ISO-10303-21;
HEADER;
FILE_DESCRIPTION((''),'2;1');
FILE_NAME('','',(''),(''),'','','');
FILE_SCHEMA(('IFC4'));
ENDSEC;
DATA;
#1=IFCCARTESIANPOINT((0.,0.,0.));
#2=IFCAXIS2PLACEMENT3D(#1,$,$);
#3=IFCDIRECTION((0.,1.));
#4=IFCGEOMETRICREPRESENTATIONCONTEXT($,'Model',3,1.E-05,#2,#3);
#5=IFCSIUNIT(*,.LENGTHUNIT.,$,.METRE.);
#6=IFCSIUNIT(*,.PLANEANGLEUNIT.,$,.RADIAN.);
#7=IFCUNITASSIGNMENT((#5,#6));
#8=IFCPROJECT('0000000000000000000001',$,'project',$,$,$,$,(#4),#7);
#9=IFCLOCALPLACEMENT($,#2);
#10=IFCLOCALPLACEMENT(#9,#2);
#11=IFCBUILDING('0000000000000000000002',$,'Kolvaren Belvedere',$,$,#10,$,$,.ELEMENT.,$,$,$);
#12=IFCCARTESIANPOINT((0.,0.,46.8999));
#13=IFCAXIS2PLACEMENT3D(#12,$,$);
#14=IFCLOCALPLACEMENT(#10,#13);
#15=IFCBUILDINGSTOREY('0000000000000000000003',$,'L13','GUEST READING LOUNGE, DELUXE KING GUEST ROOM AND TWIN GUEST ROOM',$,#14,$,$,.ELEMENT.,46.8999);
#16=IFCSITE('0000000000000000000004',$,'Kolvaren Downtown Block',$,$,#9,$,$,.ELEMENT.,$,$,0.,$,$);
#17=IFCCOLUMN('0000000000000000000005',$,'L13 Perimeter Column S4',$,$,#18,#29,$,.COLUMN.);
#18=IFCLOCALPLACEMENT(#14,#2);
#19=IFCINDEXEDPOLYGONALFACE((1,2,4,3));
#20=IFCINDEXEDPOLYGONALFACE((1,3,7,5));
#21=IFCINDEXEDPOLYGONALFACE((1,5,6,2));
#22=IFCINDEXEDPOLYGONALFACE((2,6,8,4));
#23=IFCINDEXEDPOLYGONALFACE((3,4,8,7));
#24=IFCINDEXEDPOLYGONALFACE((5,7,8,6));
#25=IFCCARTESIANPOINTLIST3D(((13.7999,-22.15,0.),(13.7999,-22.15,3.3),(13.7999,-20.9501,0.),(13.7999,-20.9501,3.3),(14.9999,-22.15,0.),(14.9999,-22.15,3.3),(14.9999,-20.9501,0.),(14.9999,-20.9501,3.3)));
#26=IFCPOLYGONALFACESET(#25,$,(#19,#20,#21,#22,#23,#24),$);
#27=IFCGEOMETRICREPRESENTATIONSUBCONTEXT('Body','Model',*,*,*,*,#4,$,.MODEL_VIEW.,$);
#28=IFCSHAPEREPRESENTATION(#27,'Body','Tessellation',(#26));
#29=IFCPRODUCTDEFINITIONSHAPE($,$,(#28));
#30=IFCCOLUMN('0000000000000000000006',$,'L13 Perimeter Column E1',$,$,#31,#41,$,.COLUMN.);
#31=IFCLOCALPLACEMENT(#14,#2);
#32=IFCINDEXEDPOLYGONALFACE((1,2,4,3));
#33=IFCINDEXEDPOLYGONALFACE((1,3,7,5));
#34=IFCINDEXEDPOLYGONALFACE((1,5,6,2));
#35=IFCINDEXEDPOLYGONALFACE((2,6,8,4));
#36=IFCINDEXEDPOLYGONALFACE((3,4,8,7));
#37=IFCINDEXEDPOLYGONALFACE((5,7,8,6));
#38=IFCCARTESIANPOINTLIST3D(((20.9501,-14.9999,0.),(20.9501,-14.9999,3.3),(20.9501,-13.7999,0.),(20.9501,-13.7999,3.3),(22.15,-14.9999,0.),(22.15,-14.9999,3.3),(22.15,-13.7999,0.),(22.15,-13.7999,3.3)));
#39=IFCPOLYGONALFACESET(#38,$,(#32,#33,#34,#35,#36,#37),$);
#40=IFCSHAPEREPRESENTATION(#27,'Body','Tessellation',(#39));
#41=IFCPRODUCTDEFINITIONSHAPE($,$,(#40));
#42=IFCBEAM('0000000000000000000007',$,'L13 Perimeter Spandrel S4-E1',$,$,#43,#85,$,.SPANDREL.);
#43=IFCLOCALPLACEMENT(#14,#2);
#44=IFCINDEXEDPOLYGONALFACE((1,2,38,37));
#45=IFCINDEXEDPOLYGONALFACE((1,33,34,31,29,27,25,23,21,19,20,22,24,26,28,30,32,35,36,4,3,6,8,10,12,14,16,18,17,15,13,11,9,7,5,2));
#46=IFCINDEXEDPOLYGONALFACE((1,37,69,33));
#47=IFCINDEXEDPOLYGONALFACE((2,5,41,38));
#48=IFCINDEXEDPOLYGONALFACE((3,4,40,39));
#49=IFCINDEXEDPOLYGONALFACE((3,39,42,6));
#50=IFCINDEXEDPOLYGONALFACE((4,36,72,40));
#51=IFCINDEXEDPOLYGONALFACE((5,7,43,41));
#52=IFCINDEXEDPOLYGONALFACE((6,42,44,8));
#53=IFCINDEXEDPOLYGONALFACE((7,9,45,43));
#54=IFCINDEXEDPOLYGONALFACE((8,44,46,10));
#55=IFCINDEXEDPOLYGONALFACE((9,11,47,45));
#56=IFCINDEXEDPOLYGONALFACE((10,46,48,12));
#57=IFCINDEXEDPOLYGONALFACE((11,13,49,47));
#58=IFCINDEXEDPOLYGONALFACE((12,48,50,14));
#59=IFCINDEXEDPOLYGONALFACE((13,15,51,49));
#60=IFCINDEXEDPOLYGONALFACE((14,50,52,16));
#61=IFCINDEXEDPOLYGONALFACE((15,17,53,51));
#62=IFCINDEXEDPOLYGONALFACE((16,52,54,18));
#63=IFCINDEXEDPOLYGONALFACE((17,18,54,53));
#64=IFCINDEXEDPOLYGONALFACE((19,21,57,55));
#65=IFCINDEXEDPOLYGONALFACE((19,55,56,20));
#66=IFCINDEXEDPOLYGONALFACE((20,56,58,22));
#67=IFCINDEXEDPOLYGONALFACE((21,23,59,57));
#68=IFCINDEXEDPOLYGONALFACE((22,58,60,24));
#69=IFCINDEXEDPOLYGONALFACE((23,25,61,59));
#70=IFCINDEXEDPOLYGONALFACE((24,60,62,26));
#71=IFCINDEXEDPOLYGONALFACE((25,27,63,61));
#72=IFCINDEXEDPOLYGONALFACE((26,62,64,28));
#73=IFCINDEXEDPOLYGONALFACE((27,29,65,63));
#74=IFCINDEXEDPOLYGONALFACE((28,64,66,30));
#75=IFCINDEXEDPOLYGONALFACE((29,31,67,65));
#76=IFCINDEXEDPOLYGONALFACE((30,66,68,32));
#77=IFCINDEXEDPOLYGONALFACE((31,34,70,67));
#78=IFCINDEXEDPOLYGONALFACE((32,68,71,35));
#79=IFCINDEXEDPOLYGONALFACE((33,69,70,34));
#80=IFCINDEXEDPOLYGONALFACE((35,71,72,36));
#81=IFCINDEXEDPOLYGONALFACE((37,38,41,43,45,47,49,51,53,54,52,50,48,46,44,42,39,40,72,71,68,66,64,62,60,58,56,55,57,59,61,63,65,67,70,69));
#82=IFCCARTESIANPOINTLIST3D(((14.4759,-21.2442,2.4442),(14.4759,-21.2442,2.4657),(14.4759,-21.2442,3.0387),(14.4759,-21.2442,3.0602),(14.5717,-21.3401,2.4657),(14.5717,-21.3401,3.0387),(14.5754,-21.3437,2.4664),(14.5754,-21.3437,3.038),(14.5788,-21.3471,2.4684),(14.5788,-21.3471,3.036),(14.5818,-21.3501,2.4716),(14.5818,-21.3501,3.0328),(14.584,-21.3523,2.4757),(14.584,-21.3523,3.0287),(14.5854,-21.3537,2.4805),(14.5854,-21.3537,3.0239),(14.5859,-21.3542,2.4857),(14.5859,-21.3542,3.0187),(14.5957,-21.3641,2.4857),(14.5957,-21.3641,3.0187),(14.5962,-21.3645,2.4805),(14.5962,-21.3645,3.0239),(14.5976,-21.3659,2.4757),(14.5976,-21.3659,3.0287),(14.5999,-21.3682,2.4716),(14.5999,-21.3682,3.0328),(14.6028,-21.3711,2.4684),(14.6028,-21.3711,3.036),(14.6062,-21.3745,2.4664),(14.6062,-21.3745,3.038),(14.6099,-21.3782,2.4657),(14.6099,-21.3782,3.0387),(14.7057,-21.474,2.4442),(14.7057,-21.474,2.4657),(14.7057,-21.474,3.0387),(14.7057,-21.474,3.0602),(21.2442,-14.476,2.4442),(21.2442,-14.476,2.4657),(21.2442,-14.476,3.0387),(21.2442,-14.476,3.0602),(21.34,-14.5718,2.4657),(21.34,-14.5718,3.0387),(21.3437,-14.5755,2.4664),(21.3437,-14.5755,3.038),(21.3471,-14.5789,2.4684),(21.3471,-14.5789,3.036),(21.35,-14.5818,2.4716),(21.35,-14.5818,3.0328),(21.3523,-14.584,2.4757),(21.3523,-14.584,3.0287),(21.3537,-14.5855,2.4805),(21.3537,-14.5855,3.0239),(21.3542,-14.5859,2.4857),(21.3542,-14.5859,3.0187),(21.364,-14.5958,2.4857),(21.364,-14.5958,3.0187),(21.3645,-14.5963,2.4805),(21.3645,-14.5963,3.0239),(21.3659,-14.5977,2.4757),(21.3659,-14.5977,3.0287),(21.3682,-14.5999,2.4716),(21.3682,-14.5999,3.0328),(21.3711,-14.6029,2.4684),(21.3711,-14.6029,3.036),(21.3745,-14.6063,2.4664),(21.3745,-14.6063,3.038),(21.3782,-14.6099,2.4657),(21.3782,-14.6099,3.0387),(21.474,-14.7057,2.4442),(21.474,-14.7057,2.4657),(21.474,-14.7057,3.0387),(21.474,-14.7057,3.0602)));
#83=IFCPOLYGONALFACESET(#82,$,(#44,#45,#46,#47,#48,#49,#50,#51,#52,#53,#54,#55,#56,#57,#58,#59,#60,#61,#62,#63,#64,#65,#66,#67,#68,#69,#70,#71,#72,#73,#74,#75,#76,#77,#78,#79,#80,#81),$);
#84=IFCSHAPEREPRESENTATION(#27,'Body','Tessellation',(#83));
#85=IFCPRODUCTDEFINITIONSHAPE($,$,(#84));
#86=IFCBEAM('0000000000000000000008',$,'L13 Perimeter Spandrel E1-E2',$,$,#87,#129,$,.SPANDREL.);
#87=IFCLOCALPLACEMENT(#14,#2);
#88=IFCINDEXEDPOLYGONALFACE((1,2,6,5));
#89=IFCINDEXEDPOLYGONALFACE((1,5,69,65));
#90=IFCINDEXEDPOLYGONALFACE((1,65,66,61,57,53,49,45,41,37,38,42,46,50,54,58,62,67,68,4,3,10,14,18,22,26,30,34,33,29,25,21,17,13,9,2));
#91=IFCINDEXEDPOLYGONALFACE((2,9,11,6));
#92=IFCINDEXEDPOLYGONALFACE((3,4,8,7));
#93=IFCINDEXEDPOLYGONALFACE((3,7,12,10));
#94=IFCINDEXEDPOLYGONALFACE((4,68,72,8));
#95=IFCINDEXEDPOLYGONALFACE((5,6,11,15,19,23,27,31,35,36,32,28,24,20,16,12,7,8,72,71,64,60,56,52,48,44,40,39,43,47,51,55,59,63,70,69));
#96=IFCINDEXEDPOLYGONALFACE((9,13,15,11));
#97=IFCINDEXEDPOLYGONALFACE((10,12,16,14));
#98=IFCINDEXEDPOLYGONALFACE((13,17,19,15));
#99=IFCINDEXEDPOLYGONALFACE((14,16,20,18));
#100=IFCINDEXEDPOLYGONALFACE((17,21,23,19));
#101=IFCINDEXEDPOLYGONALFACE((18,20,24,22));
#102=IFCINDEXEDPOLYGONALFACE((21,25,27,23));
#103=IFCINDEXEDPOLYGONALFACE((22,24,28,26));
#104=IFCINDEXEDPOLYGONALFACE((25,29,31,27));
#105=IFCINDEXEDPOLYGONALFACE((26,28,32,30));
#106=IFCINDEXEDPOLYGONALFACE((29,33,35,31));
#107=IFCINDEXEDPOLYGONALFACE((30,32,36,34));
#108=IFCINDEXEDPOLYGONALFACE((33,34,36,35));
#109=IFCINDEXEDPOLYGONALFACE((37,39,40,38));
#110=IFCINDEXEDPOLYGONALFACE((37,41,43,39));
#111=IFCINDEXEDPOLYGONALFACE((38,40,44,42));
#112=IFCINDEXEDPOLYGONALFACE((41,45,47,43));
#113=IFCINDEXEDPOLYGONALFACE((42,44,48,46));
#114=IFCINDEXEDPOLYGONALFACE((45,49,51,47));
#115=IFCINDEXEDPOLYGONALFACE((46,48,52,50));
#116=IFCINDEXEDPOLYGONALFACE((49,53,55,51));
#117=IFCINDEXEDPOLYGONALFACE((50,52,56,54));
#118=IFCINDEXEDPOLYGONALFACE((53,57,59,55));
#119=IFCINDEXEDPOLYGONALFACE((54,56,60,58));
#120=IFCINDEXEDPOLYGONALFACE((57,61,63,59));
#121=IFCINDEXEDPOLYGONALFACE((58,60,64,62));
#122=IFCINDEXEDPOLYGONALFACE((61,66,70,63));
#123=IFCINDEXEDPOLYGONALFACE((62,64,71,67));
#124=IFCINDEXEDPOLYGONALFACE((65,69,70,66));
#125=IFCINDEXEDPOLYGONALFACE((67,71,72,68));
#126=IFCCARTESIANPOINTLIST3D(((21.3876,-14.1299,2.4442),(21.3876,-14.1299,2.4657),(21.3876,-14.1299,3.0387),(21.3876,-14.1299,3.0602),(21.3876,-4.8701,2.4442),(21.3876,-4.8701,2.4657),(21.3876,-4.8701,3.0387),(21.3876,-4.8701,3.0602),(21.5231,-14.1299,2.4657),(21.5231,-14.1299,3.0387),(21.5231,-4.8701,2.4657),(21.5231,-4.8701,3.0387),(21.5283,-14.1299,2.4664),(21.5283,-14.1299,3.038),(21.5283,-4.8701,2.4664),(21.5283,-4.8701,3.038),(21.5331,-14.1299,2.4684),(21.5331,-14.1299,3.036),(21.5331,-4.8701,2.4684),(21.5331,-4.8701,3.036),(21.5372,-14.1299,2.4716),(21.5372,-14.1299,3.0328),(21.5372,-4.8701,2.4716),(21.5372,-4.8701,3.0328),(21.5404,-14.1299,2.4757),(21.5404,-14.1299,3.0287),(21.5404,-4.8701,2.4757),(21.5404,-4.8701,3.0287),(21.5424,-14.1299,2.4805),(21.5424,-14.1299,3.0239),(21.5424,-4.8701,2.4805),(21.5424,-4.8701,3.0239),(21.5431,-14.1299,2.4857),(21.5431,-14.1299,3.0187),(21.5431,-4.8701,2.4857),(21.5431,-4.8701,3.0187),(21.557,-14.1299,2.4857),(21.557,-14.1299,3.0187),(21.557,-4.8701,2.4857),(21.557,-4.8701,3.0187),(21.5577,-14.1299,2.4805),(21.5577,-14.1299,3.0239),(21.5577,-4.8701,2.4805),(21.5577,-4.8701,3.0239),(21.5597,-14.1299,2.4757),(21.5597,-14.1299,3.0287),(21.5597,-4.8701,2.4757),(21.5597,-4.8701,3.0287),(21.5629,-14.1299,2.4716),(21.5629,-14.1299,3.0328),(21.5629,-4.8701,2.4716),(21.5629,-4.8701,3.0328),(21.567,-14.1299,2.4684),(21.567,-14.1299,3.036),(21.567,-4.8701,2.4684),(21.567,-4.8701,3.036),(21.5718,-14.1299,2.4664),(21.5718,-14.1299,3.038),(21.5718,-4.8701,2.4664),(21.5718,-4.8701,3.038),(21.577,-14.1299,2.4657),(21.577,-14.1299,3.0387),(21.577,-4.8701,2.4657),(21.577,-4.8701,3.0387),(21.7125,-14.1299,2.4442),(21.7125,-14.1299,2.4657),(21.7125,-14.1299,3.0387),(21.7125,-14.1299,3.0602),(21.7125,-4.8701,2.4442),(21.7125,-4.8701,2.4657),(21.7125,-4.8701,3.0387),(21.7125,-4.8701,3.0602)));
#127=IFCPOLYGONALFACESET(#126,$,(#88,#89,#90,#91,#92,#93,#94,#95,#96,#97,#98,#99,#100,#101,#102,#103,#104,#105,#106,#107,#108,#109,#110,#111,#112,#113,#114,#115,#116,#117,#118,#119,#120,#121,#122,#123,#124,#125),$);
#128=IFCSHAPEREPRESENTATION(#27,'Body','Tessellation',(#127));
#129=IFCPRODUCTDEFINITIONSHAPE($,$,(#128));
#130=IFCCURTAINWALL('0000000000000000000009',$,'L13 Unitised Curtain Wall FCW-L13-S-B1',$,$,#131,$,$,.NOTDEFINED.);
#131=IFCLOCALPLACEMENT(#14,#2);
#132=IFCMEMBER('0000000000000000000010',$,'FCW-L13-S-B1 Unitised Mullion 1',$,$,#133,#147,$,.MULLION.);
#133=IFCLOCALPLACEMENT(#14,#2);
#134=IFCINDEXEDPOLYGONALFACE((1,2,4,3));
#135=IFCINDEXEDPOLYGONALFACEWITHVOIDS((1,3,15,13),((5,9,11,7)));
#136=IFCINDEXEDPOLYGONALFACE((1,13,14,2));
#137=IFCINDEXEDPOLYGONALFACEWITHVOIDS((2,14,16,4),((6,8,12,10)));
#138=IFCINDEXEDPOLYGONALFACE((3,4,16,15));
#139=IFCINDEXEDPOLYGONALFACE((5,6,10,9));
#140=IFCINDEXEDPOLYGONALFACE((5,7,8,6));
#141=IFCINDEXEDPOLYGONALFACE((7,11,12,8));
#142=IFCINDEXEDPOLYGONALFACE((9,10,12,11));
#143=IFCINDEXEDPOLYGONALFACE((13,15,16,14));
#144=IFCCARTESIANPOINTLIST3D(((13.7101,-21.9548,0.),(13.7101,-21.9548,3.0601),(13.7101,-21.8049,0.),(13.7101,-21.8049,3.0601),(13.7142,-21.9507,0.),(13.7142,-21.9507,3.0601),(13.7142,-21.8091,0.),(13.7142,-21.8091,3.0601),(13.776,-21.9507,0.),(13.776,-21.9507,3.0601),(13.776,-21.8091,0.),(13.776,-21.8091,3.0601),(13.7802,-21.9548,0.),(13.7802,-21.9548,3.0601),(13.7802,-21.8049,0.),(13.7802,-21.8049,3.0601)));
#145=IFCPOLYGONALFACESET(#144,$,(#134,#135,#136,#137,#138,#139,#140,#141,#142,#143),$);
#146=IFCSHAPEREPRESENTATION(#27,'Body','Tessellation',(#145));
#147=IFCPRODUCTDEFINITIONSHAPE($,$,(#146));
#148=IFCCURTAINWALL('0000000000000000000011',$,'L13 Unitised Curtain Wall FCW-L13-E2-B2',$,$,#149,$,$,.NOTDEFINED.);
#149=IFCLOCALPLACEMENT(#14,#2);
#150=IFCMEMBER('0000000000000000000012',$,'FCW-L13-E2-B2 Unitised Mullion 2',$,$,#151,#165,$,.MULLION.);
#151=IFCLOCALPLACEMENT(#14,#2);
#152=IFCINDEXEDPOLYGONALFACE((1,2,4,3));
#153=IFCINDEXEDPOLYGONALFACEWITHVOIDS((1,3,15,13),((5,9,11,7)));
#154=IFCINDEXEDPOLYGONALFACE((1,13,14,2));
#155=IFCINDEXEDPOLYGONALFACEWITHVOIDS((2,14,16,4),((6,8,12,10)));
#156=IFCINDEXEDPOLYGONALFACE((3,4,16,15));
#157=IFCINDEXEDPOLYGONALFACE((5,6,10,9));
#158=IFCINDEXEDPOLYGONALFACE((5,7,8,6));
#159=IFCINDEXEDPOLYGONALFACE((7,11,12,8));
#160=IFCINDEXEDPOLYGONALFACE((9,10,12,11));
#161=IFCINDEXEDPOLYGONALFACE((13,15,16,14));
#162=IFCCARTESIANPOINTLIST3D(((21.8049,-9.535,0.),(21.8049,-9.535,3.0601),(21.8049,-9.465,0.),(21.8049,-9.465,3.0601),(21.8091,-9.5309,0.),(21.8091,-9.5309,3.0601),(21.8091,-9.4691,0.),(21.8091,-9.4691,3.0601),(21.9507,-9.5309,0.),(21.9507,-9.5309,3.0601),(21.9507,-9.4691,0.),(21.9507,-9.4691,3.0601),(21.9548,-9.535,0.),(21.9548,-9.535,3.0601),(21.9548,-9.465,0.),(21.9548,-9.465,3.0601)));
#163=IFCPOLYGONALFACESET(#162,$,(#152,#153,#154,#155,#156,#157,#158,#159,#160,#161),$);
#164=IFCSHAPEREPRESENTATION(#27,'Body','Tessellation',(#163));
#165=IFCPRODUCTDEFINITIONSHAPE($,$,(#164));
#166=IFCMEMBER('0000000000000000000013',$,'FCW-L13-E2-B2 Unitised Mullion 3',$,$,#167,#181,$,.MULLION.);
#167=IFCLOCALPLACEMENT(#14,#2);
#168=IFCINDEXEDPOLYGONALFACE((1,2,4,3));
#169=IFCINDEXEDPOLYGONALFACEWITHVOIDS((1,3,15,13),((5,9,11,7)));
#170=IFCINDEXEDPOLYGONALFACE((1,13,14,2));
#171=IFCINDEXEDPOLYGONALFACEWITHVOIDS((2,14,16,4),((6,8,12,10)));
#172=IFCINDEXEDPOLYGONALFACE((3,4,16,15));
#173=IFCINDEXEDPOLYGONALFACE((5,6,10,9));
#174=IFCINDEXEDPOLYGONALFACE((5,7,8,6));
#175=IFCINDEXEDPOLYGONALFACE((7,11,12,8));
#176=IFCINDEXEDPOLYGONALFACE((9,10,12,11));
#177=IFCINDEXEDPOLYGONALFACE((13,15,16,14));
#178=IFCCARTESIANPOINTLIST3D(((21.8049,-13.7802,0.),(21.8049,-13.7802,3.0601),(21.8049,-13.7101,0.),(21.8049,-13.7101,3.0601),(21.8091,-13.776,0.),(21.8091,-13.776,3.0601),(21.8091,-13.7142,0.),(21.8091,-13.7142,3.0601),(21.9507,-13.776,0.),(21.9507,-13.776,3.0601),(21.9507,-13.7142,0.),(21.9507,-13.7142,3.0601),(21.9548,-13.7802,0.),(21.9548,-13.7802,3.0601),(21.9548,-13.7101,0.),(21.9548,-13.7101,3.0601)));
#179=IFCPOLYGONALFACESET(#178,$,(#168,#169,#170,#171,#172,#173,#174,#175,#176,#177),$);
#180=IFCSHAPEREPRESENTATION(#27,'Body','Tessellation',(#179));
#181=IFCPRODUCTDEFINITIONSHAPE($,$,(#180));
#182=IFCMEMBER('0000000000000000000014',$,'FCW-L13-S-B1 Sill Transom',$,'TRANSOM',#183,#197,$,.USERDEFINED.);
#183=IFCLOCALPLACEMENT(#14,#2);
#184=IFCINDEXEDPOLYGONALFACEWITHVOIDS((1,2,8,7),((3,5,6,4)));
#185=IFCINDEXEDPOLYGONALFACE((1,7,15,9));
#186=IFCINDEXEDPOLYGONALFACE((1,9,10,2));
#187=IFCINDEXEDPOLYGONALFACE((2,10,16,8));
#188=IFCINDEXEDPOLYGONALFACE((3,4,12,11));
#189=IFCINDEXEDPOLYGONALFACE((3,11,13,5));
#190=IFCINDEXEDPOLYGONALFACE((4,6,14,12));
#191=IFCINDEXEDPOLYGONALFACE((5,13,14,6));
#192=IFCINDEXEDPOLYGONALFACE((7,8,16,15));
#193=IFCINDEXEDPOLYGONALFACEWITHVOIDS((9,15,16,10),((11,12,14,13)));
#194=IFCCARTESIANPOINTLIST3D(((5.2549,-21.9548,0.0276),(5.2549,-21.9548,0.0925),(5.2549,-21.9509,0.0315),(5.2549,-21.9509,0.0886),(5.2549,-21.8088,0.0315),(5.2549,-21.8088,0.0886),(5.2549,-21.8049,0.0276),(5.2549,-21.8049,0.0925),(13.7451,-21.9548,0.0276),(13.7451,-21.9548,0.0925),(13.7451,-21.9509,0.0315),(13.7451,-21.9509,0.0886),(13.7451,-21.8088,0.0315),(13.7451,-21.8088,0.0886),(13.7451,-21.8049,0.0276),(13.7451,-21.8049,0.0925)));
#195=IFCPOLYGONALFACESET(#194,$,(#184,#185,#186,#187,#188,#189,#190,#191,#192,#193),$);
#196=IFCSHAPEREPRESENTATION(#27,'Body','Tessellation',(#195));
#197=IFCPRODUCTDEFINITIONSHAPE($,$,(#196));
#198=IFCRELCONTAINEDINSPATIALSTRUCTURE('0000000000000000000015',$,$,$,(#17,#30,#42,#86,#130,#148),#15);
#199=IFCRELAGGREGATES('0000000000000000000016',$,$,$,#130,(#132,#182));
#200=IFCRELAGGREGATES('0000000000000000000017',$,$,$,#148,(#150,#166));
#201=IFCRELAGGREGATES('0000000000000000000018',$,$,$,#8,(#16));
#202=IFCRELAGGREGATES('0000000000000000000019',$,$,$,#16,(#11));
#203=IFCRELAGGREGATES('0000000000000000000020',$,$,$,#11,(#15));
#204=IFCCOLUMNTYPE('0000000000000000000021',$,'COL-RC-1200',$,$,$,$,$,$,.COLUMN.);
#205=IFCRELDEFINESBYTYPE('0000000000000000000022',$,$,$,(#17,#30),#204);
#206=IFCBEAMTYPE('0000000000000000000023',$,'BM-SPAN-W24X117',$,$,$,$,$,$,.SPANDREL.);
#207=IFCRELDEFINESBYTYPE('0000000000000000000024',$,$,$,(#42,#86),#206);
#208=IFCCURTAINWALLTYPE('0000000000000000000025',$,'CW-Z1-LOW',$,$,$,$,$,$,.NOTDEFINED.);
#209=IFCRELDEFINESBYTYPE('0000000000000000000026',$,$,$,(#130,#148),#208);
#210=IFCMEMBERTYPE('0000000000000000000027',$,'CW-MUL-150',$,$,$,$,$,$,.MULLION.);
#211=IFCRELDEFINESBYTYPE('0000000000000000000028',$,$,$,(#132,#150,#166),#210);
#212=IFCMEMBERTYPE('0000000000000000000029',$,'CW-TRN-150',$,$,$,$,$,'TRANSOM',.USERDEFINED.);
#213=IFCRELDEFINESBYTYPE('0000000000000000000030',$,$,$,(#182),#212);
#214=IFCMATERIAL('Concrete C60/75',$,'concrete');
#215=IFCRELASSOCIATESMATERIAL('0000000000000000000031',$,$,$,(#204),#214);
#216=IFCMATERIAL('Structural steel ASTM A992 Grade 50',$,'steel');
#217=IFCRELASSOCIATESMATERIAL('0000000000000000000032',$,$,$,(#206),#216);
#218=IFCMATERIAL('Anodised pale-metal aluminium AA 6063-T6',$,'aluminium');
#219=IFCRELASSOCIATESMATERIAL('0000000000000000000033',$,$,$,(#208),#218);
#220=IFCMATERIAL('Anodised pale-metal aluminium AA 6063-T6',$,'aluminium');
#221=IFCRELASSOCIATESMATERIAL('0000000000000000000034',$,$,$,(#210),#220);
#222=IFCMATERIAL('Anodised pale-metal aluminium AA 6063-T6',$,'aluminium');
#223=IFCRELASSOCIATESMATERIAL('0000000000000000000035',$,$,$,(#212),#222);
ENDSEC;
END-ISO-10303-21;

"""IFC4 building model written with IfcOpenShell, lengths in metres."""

from ifc_helpers import new_model, si_unit, direction, frame, origin, origin_2d, place, context, subcontext, project, spatial, rectangle, hollow_rectangle, i_section, extrude, material, material_profile, profile_set, type_object, element, aggregate, save


model = new_model("IFC4")

# Units and contexts
model_context = context("Model", 3, precision=1e-05, world=origin(), true_north=direction((0.0, 1.0)))
body_context = subcontext(model_context, "Body", "Model", "MODEL_VIEW")
ifc_project = project(units=[si_unit("LENGTHUNIT", "METRE"), si_unit("PLANEANGLEUNIT", "RADIAN")], contexts=[model_context])

# Site, building, storey
site_placement = place(None, origin())
site = spatial("IfcSite", under=ifc_project, at=site_placement, Name="Kolvaren Downtown Block", CompositionType="ELEMENT", RefElevation=0.0)
building_placement = place(site_placement, origin())
building = spatial("IfcBuilding", under=site, at=building_placement, Name="Kolvaren Belvedere", CompositionType="ELEMENT")
storey_placement = place(building_placement, frame((0.0, 0.0, 46.8999)))
storey = spatial("IfcBuildingStorey", under=building, at=storey_placement, Name="L13", Description="GUEST READING LOUNGE, DELUXE KING GUEST ROOM AND TWIN GUEST ROOM", CompositionType="ELEMENT", Elevation=46.8999)

# Columns
ifc_material_1 = material(Name="Concrete C60/75", Category="concrete")
ifc_material_profile_1 = material_profile(ifc_material_1, rectangle(XDim=1.2, YDim=1.2, at=origin_2d()), Name="RC 1200X1200")
ifc_profile_set_1 = profile_set([ifc_material_profile_1], Name="Concrete C60/75")
column_type = type_object("IfcColumnType", Name="COL-RC-1200", PredefinedType="COLUMN", material=ifc_profile_set_1)
for number, where, z_axis, x_axis, name in (
    (1, (14.3999, -21.55, 0.0), (0.0, 0.0, 1.0), (1.0, 0.0, 0.0), "L13 Perimeter Column S4"),
    (2, (21.55, -14.3999, 0.0), (0.0, 0.0, 1.0), (1.0, 0.0, 0.0), "L13 Perimeter Column E1"),
):
    element("IfcColumn", number, at=place(storey_placement, frame(where, z_axis=z_axis, x_axis=x_axis)), inside=storey, type_object=column_type, Name=name, PredefinedType="COLUMN", context=body_context, shape_type="SweptSolid", body=[
        extrude(rectangle(XDim=1.2, YDim=1.2, at=origin_2d()), origin(), (0.0, 0.0, 1.0), 3.3),
    ])

# Beams
ifc_material_2 = material(Name="Structural steel ASTM A992 Grade 50", Category="steel")
ifc_material_profile_2 = material_profile(ifc_material_2, i_section(OverallWidth=0.325, OverallDepth=0.616, WebThickness=0.0139, FlangeThickness=0.0215, FilletRadius=0.02, at=origin_2d()), Name="W24X117")
ifc_profile_set_2 = profile_set([ifc_material_profile_2], Name="Structural steel ASTM A992 Grade 50")
beam_type = type_object("IfcBeamType", Name="BM-SPAN-W24X117", PredefinedType="SPANDREL", material=ifc_profile_set_2)
beam_1_placement = place(storey_placement, frame((14.5908, -21.3591, 2.7522), z_axis=(0.707107, 0.707107, 0.0), x_axis=(-0.707107, 0.707107, 0.0)))
element("IfcBeam", 3, at=beam_1_placement, inside=storey, type_object=beam_type, Name="L13 Perimeter Spandrel S4-E1", PredefinedType="SPANDREL", context=body_context, shape_type="SweptSolid", body=[
    extrude(i_section(OverallWidth=0.325, OverallDepth=0.616, WebThickness=0.0139, FlangeThickness=0.0215, FilletRadius=0.02, at=origin_2d()), origin(), (0.0, 0.0, 1.0), 9.5718),
])
beam_2_placement = place(storey_placement, frame((21.55, -14.1299, 2.7522), z_axis=(0.0, 1.0, 0.0), x_axis=(-1.0, 0.0, 0.0)))
element("IfcBeam", 4, at=beam_2_placement, inside=storey, type_object=beam_type, Name="L13 Perimeter Spandrel E1-E2", PredefinedType="SPANDREL", context=body_context, shape_type="SweptSolid", body=[
    extrude(i_section(OverallWidth=0.325, OverallDepth=0.616, WebThickness=0.0139, FlangeThickness=0.0215, FilletRadius=0.02, at=origin_2d()), origin(), (0.0, 0.0, 1.0), 9.2598),
])

# Curtain wall, member
ifc_material_3 = material(Name="Anodised pale-metal aluminium AA 6063-T6", Category="aluminium")
curtain_wall_type = type_object("IfcCurtainWallType", Name="CW-Z1-LOW", PredefinedType="NOTDEFINED", material=ifc_material_3)
curtain_wall_1_placement = place(storey_placement, origin())
curtain_wall_1 = element("IfcCurtainWall", 5, at=curtain_wall_1_placement, inside=storey, type_object=curtain_wall_type, Name="L13 Unitised Curtain Wall FCW-L13-S-B1", PredefinedType="NOTDEFINED")
ifc_material_4 = material(Name="Anodised pale-metal aluminium AA 6063-T6", Category="aluminium")
ifc_material_profile_3 = material_profile(ifc_material_4, hollow_rectangle(XDim=0.0701, YDim=0.1499, WallThickness=0.0042, at=origin_2d()), Name="ALU-MUL-150X70")
ifc_profile_set_3 = profile_set([ifc_material_profile_3], Name="Anodised pale-metal aluminium AA 6063-T6")
member_type_1 = type_object("IfcMemberType", Name="CW-MUL-150", PredefinedType="MULLION", material=ifc_profile_set_3)
member_1_placement = place(storey_placement, frame((13.7451, -21.8799, 0.0), z_axis=(0.0, 0.0, 1.0), x_axis=(1.0, 0.0, 0.0)))
member_1 = element("IfcMember", 6, at=member_1_placement, type_object=member_type_1, Name="FCW-L13-S-B1 Unitised Mullion 1", PredefinedType="MULLION", context=body_context, shape_type="SweptSolid", body=[
    extrude(hollow_rectangle(XDim=0.0701, YDim=0.1499, WallThickness=0.0042, at=origin_2d()), origin(), (0.0, 0.0, 1.0), 3.0601),
])

# Curtain wall, members
curtain_wall_2_placement = place(storey_placement, origin())
curtain_wall_2 = element("IfcCurtainWall", 7, at=curtain_wall_2_placement, inside=storey, type_object=curtain_wall_type, Name="L13 Unitised Curtain Wall FCW-L13-E2-B2", PredefinedType="NOTDEFINED")
member_2_placement = place(storey_placement, frame((21.8799, -9.5, 0.0), z_axis=(0.0, 0.0, 1.0), x_axis=(0.0, 1.0, 0.0)))
member_2 = element("IfcMember", 8, at=member_2_placement, type_object=member_type_1, Name="FCW-L13-E2-B2 Unitised Mullion 2", PredefinedType="MULLION", context=body_context, shape_type="SweptSolid", body=[
    extrude(hollow_rectangle(XDim=0.0701, YDim=0.1499, WallThickness=0.0042, at=origin_2d()), origin(), (0.0, 0.0, 1.0), 3.0601),
])
member_3_placement = place(storey_placement, frame((21.8799, -13.7451, 0.0), z_axis=(0.0, 0.0, 1.0), x_axis=(0.0, 1.0, 0.0)))
member_3 = element("IfcMember", 9, at=member_3_placement, type_object=member_type_1, Name="FCW-L13-E2-B2 Unitised Mullion 3", PredefinedType="MULLION", context=body_context, shape_type="SweptSolid", body=[
    extrude(hollow_rectangle(XDim=0.0701, YDim=0.1499, WallThickness=0.0042, at=origin_2d()), origin(), (0.0, 0.0, 1.0), 3.0601),
])

# Member
ifc_material_5 = material(Name="Anodised pale-metal aluminium AA 6063-T6", Category="aluminium")
ifc_material_profile_4 = material_profile(ifc_material_5, hollow_rectangle(XDim=0.0649, YDim=0.1499, WallThickness=0.0039, at=origin_2d()), Name="ALU-TRN-150X65")
ifc_profile_set_4 = profile_set([ifc_material_profile_4], Name="Anodised pale-metal aluminium AA 6063-T6")
member_type_2 = type_object("IfcMemberType", Name="CW-TRN-150", ElementType="TRANSOM", PredefinedType="USERDEFINED", material=ifc_profile_set_4)
member_4_placement = place(storey_placement, frame((13.7451, -21.8799, 0.0601), z_axis=(-1.0, 0.0, 0.0), x_axis=(0.0, 0.0, 1.0)))
member_4 = element("IfcMember", 10, at=member_4_placement, type_object=member_type_2, Name="FCW-L13-S-B1 Sill Transom", ObjectType="TRANSOM", PredefinedType="USERDEFINED", context=body_context, shape_type="SweptSolid", body=[
    extrude(hollow_rectangle(XDim=0.0649, YDim=0.1499, WallThickness=0.0039, at=origin_2d()), origin(), (0.0, 0.0, 1.0), 8.4902),
])
aggregate(curtain_wall_1, [member_1, member_4])

aggregate(curtain_wall_2, [member_2, member_3])

save(model, "model.ifc")
